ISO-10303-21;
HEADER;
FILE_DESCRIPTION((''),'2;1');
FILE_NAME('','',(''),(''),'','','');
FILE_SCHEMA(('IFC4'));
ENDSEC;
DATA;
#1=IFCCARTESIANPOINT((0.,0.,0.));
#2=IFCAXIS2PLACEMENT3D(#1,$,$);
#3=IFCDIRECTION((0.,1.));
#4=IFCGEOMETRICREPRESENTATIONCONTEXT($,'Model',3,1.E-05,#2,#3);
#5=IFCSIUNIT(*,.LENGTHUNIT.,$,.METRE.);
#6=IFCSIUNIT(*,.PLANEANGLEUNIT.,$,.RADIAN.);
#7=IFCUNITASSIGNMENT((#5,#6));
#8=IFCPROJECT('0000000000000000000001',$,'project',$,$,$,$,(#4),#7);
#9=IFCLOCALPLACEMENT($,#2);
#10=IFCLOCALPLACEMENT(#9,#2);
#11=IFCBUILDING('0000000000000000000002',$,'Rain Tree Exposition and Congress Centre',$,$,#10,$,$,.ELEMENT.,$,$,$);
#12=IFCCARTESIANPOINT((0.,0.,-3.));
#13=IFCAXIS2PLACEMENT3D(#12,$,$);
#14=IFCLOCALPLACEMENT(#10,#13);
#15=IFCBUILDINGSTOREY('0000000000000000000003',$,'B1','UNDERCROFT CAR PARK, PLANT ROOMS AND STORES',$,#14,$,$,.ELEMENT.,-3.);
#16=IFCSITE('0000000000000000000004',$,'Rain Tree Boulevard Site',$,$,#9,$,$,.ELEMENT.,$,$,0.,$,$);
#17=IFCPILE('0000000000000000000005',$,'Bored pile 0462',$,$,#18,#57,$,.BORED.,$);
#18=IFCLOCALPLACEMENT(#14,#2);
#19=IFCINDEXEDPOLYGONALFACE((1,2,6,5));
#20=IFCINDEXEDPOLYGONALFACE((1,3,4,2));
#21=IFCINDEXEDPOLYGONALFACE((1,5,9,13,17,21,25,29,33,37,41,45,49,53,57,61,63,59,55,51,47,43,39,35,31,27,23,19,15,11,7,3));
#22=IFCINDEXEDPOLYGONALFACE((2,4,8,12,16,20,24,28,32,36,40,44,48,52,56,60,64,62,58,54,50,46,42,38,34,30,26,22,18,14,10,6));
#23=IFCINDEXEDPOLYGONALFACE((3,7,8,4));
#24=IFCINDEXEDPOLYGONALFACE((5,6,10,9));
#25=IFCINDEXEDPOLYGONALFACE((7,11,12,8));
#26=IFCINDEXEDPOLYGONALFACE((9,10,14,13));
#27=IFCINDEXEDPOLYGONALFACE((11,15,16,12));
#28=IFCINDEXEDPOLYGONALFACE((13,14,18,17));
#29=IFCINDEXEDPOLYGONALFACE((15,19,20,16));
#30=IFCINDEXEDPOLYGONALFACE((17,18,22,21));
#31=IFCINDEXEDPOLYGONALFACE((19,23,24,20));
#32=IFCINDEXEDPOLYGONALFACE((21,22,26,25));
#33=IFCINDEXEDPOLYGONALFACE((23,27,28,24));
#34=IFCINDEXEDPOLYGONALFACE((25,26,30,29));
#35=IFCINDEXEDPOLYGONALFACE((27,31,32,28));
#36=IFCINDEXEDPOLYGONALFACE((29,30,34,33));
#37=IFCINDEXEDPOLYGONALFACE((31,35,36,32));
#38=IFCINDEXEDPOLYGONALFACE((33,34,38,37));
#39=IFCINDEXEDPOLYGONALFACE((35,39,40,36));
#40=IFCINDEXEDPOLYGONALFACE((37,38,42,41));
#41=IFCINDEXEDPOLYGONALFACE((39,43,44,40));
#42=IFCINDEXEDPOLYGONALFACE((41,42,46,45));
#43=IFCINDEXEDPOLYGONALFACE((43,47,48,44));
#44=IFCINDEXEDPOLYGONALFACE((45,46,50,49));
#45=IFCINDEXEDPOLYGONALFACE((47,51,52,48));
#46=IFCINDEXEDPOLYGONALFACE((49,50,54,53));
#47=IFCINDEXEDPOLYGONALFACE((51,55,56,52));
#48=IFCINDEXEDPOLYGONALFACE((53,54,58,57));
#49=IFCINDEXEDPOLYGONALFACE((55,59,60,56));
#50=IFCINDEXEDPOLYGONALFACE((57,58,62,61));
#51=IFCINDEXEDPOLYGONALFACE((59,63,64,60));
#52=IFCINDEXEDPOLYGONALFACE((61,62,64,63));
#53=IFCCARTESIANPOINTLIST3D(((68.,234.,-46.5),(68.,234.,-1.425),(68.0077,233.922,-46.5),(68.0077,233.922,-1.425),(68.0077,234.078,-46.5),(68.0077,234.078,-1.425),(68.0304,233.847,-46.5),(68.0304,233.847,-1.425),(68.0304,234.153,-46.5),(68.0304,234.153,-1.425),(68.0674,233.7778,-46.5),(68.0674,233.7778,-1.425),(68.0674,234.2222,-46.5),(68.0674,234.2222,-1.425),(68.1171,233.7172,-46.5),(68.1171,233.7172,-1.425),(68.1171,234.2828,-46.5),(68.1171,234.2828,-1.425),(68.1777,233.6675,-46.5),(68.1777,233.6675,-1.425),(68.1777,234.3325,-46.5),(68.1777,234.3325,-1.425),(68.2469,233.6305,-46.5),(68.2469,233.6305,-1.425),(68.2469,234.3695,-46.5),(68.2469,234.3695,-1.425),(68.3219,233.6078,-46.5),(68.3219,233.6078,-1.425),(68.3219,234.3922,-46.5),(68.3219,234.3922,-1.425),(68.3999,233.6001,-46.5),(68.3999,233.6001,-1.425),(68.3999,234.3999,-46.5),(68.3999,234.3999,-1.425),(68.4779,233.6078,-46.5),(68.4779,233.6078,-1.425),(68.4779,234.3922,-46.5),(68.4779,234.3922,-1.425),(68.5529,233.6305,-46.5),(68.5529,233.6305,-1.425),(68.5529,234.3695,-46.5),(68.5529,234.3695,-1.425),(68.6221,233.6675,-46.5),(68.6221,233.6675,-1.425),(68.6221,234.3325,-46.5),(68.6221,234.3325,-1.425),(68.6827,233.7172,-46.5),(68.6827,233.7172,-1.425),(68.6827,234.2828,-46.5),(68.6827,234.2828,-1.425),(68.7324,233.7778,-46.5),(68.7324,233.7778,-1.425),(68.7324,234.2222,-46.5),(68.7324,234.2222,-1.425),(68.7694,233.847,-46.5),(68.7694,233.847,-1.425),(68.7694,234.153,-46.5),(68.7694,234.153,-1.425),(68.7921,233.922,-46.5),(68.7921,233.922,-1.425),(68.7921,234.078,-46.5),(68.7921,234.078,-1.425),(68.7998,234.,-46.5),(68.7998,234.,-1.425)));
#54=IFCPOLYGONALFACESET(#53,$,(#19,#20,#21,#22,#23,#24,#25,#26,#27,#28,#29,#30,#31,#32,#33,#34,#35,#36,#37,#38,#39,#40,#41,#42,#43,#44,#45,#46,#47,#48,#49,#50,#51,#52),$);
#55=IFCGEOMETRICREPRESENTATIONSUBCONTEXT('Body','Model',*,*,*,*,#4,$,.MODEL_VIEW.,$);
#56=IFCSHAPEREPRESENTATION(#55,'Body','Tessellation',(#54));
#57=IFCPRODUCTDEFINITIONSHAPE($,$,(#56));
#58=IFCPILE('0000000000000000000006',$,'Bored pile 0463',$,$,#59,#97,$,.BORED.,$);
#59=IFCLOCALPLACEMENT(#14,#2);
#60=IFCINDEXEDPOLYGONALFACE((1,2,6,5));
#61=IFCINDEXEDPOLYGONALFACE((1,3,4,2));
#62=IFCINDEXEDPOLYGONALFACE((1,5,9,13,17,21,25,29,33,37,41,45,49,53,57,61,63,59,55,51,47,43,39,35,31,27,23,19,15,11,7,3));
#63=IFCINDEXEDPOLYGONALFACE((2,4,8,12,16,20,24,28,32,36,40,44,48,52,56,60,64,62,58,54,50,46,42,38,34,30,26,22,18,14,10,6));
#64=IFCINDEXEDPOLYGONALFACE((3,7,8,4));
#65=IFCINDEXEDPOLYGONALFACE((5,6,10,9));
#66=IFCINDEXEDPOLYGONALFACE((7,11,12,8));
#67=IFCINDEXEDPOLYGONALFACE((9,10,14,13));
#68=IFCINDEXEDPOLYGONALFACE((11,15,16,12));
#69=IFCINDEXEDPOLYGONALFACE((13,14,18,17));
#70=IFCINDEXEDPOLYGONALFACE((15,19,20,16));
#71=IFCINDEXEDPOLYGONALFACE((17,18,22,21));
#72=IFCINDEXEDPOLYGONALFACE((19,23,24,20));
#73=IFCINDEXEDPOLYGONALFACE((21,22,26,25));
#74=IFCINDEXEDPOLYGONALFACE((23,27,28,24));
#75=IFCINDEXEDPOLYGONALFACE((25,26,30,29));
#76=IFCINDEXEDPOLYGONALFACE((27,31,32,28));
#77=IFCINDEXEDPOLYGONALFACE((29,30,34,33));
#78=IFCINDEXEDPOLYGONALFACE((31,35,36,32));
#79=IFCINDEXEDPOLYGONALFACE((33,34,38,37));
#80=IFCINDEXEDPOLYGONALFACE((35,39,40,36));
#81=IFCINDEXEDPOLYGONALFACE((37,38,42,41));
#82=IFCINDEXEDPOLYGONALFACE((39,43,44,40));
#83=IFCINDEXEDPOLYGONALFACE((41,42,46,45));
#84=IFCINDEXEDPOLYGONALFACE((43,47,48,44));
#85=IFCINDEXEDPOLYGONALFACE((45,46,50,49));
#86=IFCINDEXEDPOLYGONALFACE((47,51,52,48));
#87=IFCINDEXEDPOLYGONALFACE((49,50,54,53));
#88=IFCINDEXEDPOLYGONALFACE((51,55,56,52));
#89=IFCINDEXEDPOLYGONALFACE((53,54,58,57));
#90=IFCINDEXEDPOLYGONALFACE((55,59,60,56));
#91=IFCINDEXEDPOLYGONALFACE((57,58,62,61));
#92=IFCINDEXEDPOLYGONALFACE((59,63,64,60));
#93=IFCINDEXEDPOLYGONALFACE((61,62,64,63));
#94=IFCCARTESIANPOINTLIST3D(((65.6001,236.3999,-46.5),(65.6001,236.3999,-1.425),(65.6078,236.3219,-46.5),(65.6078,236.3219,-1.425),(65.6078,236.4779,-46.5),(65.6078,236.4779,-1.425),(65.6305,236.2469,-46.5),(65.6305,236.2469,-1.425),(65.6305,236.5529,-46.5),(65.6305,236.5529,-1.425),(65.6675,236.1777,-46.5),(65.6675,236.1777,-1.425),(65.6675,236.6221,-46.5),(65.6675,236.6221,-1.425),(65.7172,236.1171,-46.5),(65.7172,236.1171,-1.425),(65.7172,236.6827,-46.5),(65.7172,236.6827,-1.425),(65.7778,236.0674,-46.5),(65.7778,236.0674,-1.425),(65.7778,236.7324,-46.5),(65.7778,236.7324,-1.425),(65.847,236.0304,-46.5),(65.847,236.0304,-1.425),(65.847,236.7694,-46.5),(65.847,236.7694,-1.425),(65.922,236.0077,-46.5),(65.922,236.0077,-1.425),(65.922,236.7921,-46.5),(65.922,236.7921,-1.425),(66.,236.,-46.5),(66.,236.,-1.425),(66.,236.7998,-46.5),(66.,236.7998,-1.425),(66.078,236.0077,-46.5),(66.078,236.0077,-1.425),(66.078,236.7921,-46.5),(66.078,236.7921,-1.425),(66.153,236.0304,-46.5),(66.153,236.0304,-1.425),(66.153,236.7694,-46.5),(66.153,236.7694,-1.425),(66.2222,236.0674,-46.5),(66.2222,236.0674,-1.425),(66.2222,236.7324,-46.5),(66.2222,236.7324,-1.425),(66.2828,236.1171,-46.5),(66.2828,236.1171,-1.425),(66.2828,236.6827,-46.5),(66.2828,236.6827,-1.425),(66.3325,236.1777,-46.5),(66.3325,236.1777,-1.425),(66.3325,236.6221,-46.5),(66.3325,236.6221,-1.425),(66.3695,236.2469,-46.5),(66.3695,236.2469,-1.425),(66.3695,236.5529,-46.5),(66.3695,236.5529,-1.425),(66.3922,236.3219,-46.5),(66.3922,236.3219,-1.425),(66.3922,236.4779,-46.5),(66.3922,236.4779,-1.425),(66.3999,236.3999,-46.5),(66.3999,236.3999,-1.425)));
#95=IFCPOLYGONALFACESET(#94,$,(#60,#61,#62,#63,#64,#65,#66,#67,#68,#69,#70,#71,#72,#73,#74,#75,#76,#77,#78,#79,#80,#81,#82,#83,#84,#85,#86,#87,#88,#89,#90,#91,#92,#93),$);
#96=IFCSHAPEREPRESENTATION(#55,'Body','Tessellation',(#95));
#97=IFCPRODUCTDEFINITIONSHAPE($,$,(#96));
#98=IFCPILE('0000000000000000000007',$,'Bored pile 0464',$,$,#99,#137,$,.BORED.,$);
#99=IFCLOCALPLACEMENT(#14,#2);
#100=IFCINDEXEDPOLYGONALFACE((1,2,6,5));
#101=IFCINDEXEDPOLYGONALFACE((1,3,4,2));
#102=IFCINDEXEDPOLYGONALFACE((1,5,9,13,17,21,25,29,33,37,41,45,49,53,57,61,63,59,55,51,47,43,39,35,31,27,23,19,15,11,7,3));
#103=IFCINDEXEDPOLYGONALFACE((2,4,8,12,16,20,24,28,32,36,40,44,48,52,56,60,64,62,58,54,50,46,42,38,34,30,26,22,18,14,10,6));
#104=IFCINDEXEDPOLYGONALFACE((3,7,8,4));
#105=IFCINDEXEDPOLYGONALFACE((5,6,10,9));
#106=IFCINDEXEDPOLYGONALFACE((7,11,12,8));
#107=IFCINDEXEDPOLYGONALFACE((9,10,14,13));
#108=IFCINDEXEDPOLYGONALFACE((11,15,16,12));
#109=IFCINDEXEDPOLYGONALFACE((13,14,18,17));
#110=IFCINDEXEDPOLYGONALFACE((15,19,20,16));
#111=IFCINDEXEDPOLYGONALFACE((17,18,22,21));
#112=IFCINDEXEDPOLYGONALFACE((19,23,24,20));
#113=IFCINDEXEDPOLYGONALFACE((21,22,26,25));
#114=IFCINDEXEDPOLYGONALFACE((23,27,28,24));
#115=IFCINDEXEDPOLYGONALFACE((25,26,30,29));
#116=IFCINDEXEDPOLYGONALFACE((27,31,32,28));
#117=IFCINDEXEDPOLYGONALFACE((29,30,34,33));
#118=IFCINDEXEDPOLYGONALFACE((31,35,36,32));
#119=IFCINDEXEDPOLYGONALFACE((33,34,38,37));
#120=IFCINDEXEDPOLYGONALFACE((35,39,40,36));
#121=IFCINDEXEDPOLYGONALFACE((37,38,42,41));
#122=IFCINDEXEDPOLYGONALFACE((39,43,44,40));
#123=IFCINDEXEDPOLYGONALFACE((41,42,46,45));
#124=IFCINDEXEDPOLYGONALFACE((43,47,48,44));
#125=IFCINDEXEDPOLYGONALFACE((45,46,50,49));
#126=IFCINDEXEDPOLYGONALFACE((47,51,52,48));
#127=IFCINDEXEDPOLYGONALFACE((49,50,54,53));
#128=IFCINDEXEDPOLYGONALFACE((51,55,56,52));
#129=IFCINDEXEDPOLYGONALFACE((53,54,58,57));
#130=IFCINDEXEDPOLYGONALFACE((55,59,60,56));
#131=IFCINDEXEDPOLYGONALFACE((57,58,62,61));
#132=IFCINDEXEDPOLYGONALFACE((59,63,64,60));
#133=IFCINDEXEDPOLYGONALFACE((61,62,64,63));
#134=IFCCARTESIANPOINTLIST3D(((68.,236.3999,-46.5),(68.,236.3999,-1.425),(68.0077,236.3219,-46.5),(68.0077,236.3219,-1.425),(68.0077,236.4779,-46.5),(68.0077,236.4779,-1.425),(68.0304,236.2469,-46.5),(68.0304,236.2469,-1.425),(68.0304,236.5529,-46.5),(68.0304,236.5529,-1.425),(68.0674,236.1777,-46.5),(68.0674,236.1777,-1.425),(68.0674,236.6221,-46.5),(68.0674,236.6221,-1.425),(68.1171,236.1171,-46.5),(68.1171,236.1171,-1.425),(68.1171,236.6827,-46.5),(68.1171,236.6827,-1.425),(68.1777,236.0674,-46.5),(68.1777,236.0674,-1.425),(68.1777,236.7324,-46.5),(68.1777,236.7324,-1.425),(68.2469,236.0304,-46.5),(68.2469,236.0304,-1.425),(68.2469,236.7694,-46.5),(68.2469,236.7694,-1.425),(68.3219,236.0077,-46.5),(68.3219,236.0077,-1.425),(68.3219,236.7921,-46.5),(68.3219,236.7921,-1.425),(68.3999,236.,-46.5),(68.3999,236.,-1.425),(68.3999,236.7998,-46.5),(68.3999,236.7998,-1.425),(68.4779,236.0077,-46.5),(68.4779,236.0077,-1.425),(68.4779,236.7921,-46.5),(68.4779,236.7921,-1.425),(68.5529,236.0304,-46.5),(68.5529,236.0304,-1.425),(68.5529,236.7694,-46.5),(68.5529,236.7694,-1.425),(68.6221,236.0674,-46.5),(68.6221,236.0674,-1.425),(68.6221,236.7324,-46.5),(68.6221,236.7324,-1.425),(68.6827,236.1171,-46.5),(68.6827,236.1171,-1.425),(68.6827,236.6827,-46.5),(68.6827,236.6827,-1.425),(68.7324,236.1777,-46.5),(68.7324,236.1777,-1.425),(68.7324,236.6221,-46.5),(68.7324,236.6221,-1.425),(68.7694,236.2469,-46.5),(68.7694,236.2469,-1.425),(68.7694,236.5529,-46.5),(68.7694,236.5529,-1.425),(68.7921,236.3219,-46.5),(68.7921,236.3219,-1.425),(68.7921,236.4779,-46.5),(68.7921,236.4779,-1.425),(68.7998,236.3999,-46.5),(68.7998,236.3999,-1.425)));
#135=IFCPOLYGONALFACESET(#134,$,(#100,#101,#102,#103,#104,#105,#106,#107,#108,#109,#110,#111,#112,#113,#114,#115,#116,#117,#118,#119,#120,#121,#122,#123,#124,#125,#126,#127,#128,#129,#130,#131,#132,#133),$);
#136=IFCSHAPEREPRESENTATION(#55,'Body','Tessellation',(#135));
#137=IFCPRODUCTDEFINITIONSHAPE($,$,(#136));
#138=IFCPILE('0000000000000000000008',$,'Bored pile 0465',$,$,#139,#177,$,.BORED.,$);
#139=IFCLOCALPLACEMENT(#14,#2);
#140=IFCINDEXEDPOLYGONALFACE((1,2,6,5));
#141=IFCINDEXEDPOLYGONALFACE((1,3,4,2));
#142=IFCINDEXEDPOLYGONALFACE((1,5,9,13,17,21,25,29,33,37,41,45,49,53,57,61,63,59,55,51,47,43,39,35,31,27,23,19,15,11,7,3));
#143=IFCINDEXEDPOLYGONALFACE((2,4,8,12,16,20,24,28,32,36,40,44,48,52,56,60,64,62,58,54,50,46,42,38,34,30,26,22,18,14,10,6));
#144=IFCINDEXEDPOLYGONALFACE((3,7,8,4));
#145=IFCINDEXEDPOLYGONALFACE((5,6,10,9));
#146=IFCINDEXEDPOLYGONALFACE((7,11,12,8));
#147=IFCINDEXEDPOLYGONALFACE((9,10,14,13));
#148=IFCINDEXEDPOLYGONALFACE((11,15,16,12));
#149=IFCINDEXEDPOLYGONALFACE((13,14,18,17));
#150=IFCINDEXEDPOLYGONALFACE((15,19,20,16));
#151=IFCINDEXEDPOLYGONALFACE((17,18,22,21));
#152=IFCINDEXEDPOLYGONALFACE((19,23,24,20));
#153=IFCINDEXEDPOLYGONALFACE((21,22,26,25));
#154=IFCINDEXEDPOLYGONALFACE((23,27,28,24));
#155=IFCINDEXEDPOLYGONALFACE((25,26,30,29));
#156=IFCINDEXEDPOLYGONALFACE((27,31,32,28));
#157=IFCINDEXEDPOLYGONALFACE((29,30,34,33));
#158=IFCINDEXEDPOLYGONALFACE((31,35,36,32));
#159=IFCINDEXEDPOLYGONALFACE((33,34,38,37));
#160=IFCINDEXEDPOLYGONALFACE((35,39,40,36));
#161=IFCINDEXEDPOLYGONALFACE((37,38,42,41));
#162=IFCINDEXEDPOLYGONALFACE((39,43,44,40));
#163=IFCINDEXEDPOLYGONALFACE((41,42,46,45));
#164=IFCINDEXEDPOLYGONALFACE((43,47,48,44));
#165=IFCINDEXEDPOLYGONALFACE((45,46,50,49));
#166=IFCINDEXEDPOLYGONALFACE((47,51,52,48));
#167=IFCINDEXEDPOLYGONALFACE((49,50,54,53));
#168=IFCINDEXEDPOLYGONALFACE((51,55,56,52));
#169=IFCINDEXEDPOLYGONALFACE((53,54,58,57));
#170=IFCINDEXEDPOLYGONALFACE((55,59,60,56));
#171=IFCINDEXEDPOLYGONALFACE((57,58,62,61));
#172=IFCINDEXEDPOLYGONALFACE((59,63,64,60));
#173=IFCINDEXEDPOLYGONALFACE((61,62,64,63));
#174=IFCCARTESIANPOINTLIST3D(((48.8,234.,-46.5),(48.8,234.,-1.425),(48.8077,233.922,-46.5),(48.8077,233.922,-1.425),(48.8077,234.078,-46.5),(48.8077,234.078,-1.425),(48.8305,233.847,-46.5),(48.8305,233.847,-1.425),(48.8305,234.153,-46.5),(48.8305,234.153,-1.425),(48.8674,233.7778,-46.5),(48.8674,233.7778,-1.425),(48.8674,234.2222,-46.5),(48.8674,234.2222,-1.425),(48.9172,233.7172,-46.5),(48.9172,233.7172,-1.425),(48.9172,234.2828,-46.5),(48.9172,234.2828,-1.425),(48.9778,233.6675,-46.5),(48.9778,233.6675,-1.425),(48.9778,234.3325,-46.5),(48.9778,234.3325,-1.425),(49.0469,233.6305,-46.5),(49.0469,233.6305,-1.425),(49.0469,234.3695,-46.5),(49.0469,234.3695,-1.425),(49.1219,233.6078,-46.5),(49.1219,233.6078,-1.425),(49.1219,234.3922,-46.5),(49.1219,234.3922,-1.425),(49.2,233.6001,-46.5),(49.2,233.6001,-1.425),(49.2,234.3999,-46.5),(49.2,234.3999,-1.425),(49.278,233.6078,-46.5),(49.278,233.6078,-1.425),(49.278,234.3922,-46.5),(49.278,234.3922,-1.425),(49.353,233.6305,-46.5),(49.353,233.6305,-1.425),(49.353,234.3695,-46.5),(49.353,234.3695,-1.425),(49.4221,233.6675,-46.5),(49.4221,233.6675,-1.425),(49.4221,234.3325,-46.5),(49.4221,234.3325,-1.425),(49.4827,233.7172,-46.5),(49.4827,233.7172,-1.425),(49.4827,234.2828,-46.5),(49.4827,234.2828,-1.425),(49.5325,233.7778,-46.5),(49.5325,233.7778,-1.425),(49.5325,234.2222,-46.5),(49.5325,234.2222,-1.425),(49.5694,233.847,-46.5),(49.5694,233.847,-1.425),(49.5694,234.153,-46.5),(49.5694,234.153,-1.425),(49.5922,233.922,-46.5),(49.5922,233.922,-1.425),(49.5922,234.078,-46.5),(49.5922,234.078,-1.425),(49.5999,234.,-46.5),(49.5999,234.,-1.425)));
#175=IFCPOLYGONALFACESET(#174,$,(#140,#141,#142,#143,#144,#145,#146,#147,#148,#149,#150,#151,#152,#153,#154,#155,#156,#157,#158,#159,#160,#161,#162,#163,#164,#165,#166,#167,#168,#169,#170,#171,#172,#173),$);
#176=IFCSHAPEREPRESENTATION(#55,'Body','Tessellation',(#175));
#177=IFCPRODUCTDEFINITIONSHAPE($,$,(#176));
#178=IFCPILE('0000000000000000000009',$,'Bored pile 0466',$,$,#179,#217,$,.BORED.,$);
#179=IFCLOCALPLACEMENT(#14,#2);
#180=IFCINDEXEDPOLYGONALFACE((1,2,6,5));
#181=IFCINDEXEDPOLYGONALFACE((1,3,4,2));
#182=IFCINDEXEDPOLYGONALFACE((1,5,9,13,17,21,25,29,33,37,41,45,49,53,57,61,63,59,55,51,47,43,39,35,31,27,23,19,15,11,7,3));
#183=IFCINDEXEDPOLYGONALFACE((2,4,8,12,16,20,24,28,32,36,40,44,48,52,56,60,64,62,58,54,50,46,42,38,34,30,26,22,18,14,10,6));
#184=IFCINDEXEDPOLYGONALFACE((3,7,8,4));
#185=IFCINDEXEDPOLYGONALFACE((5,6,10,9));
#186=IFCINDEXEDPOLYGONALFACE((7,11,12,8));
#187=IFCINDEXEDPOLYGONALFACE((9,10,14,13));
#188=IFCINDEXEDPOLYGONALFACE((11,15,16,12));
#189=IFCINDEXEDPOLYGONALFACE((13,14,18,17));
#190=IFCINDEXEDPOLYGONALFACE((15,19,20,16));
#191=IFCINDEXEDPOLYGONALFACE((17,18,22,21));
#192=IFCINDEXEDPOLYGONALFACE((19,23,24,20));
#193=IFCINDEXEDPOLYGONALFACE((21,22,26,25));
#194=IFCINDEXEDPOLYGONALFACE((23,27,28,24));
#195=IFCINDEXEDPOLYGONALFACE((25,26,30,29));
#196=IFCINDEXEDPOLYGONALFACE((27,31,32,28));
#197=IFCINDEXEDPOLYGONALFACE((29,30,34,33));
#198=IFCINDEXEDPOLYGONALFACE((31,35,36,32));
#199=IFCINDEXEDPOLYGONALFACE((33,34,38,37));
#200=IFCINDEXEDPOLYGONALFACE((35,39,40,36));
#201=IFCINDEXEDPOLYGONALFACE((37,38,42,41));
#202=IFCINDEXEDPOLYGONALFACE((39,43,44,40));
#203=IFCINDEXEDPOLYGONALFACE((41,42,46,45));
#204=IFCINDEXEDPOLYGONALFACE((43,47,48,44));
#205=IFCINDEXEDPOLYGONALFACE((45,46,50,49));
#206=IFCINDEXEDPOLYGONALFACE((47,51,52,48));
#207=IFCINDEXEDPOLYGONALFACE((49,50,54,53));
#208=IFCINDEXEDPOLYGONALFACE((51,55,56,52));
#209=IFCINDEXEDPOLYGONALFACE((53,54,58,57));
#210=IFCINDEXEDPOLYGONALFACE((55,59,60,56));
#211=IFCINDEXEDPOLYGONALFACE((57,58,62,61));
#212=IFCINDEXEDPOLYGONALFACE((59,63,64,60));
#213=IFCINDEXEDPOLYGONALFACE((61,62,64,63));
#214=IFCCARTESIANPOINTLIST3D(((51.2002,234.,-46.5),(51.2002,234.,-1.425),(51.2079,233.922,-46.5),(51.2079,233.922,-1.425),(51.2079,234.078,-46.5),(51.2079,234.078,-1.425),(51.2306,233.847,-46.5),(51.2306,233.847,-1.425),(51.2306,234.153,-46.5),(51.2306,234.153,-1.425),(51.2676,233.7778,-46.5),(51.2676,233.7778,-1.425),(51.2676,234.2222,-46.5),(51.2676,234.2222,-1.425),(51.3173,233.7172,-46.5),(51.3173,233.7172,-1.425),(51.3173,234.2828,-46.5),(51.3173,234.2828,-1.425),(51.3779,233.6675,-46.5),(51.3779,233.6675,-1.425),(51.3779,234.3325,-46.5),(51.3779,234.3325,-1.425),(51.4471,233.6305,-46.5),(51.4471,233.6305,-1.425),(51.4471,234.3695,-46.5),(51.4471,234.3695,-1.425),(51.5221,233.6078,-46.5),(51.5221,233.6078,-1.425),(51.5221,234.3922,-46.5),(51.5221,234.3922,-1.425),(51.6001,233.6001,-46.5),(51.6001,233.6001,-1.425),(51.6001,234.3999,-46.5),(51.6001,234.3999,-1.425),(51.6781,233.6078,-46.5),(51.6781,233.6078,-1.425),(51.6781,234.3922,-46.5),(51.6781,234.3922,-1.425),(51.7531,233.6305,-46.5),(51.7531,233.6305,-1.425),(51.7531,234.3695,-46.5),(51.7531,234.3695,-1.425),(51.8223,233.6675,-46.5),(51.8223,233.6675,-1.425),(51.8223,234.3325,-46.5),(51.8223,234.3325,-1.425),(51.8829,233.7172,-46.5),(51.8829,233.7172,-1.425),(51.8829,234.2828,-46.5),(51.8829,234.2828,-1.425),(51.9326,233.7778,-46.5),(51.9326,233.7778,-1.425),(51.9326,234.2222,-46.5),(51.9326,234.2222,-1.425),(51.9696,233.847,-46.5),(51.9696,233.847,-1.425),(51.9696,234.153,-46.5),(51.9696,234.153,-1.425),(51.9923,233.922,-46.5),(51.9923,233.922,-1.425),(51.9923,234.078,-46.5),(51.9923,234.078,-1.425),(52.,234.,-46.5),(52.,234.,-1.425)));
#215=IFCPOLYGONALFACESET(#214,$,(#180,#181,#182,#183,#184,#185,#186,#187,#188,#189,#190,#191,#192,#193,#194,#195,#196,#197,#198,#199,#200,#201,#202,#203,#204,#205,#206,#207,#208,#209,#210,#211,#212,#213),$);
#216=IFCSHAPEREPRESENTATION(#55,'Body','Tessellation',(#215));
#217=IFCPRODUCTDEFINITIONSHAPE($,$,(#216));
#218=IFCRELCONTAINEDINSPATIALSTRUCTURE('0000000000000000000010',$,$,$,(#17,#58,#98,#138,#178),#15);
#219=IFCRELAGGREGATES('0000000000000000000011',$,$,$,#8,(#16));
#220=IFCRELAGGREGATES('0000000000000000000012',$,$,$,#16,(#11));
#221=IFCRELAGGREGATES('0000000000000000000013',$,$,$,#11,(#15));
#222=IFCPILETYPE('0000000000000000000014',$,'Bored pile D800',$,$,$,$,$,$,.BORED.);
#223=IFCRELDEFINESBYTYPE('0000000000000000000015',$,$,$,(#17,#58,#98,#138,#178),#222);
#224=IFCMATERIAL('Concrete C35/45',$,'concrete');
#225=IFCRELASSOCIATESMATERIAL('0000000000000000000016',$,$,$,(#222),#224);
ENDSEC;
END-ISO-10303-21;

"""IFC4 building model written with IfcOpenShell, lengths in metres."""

from ifc_helpers import new_model, si_unit, direction, frame, origin, origin_2d, place, context, subcontext, project, spatial, circle, extrude, material, material_profile, profile_set, type_object, element, save


model = new_model("IFC4")

# Units and contexts
model_context = context("Model", 3, precision=1e-05, world=origin(), true_north=direction((0.0, 1.0)))
body_context = subcontext(model_context, "Body", "Model", "MODEL_VIEW")
ifc_project = project(units=[si_unit("LENGTHUNIT", "METRE"), si_unit("PLANEANGLEUNIT", "RADIAN")], contexts=[model_context])

# Site, building, storey
site_placement = place(None, origin())
site = spatial("IfcSite", under=ifc_project, at=site_placement, Name="Rain Tree Boulevard Site", CompositionType="ELEMENT", RefElevation=0.0)
building_placement = place(site_placement, origin())
building = spatial("IfcBuilding", under=site, at=building_placement, Name="Rain Tree Exposition and Congress Centre", CompositionType="ELEMENT")
storey_placement = place(building_placement, frame((0.0, 0.0, -3.0)))
storey = spatial("IfcBuildingStorey", under=building, at=storey_placement, Name="B1", Description="UNDERCROFT CAR PARK, PLANT ROOMS AND STORES", CompositionType="ELEMENT", Elevation=-3.0)

# Piles
ifc_material_1 = material(Name="Concrete C35/45", Category="concrete")
ifc_material_profile_1 = material_profile(ifc_material_1, circle(Radius=0.3999, at=origin_2d()), Name="D800")
ifc_profile_set_1 = profile_set([ifc_material_profile_1], Name="Concrete C35/45")
pile_type_1 = type_object("IfcPileType", Name="Bored pile D800", PredefinedType="BORED", material=ifc_profile_set_1)
for number, where, z_axis, x_axis, name in (
    (1, (68.3999, 234.0, -1.425), (0.0, 0.0, -1.0), (1.0, 0.0, 0.0), "Bored pile 0462"),
    (2, (66.0, 236.3999, -1.425), (0.0, 0.0, -1.0), (1.0, 0.0, 0.0), "Bored pile 0463"),
    (3, (68.3999, 236.3999, -1.425), (0.0, 0.0, -1.0), (1.0, 0.0, 0.0), "Bored pile 0464"),
    (4, (49.2, 234.0, -1.425), (0.0, 0.0, -1.0), (1.0, 0.0, 0.0), "Bored pile 0465"),
    (5, (51.6001, 234.0, -1.425), (0.0, 0.0, -1.0), (1.0, 0.0, 0.0), "Bored pile 0466"),
):
    element("IfcPile", number, at=place(storey_placement, frame(where, z_axis=z_axis, x_axis=x_axis)), inside=storey, type_object=pile_type_1, Name=name, PredefinedType="BORED", context=body_context, shape_type="SweptSolid", body=[
        extrude(circle(Radius=0.3999, at=origin_2d()), origin(), (0.0, 0.0, 1.0), 45.075),
    ])

save(model, "model.ifc")
